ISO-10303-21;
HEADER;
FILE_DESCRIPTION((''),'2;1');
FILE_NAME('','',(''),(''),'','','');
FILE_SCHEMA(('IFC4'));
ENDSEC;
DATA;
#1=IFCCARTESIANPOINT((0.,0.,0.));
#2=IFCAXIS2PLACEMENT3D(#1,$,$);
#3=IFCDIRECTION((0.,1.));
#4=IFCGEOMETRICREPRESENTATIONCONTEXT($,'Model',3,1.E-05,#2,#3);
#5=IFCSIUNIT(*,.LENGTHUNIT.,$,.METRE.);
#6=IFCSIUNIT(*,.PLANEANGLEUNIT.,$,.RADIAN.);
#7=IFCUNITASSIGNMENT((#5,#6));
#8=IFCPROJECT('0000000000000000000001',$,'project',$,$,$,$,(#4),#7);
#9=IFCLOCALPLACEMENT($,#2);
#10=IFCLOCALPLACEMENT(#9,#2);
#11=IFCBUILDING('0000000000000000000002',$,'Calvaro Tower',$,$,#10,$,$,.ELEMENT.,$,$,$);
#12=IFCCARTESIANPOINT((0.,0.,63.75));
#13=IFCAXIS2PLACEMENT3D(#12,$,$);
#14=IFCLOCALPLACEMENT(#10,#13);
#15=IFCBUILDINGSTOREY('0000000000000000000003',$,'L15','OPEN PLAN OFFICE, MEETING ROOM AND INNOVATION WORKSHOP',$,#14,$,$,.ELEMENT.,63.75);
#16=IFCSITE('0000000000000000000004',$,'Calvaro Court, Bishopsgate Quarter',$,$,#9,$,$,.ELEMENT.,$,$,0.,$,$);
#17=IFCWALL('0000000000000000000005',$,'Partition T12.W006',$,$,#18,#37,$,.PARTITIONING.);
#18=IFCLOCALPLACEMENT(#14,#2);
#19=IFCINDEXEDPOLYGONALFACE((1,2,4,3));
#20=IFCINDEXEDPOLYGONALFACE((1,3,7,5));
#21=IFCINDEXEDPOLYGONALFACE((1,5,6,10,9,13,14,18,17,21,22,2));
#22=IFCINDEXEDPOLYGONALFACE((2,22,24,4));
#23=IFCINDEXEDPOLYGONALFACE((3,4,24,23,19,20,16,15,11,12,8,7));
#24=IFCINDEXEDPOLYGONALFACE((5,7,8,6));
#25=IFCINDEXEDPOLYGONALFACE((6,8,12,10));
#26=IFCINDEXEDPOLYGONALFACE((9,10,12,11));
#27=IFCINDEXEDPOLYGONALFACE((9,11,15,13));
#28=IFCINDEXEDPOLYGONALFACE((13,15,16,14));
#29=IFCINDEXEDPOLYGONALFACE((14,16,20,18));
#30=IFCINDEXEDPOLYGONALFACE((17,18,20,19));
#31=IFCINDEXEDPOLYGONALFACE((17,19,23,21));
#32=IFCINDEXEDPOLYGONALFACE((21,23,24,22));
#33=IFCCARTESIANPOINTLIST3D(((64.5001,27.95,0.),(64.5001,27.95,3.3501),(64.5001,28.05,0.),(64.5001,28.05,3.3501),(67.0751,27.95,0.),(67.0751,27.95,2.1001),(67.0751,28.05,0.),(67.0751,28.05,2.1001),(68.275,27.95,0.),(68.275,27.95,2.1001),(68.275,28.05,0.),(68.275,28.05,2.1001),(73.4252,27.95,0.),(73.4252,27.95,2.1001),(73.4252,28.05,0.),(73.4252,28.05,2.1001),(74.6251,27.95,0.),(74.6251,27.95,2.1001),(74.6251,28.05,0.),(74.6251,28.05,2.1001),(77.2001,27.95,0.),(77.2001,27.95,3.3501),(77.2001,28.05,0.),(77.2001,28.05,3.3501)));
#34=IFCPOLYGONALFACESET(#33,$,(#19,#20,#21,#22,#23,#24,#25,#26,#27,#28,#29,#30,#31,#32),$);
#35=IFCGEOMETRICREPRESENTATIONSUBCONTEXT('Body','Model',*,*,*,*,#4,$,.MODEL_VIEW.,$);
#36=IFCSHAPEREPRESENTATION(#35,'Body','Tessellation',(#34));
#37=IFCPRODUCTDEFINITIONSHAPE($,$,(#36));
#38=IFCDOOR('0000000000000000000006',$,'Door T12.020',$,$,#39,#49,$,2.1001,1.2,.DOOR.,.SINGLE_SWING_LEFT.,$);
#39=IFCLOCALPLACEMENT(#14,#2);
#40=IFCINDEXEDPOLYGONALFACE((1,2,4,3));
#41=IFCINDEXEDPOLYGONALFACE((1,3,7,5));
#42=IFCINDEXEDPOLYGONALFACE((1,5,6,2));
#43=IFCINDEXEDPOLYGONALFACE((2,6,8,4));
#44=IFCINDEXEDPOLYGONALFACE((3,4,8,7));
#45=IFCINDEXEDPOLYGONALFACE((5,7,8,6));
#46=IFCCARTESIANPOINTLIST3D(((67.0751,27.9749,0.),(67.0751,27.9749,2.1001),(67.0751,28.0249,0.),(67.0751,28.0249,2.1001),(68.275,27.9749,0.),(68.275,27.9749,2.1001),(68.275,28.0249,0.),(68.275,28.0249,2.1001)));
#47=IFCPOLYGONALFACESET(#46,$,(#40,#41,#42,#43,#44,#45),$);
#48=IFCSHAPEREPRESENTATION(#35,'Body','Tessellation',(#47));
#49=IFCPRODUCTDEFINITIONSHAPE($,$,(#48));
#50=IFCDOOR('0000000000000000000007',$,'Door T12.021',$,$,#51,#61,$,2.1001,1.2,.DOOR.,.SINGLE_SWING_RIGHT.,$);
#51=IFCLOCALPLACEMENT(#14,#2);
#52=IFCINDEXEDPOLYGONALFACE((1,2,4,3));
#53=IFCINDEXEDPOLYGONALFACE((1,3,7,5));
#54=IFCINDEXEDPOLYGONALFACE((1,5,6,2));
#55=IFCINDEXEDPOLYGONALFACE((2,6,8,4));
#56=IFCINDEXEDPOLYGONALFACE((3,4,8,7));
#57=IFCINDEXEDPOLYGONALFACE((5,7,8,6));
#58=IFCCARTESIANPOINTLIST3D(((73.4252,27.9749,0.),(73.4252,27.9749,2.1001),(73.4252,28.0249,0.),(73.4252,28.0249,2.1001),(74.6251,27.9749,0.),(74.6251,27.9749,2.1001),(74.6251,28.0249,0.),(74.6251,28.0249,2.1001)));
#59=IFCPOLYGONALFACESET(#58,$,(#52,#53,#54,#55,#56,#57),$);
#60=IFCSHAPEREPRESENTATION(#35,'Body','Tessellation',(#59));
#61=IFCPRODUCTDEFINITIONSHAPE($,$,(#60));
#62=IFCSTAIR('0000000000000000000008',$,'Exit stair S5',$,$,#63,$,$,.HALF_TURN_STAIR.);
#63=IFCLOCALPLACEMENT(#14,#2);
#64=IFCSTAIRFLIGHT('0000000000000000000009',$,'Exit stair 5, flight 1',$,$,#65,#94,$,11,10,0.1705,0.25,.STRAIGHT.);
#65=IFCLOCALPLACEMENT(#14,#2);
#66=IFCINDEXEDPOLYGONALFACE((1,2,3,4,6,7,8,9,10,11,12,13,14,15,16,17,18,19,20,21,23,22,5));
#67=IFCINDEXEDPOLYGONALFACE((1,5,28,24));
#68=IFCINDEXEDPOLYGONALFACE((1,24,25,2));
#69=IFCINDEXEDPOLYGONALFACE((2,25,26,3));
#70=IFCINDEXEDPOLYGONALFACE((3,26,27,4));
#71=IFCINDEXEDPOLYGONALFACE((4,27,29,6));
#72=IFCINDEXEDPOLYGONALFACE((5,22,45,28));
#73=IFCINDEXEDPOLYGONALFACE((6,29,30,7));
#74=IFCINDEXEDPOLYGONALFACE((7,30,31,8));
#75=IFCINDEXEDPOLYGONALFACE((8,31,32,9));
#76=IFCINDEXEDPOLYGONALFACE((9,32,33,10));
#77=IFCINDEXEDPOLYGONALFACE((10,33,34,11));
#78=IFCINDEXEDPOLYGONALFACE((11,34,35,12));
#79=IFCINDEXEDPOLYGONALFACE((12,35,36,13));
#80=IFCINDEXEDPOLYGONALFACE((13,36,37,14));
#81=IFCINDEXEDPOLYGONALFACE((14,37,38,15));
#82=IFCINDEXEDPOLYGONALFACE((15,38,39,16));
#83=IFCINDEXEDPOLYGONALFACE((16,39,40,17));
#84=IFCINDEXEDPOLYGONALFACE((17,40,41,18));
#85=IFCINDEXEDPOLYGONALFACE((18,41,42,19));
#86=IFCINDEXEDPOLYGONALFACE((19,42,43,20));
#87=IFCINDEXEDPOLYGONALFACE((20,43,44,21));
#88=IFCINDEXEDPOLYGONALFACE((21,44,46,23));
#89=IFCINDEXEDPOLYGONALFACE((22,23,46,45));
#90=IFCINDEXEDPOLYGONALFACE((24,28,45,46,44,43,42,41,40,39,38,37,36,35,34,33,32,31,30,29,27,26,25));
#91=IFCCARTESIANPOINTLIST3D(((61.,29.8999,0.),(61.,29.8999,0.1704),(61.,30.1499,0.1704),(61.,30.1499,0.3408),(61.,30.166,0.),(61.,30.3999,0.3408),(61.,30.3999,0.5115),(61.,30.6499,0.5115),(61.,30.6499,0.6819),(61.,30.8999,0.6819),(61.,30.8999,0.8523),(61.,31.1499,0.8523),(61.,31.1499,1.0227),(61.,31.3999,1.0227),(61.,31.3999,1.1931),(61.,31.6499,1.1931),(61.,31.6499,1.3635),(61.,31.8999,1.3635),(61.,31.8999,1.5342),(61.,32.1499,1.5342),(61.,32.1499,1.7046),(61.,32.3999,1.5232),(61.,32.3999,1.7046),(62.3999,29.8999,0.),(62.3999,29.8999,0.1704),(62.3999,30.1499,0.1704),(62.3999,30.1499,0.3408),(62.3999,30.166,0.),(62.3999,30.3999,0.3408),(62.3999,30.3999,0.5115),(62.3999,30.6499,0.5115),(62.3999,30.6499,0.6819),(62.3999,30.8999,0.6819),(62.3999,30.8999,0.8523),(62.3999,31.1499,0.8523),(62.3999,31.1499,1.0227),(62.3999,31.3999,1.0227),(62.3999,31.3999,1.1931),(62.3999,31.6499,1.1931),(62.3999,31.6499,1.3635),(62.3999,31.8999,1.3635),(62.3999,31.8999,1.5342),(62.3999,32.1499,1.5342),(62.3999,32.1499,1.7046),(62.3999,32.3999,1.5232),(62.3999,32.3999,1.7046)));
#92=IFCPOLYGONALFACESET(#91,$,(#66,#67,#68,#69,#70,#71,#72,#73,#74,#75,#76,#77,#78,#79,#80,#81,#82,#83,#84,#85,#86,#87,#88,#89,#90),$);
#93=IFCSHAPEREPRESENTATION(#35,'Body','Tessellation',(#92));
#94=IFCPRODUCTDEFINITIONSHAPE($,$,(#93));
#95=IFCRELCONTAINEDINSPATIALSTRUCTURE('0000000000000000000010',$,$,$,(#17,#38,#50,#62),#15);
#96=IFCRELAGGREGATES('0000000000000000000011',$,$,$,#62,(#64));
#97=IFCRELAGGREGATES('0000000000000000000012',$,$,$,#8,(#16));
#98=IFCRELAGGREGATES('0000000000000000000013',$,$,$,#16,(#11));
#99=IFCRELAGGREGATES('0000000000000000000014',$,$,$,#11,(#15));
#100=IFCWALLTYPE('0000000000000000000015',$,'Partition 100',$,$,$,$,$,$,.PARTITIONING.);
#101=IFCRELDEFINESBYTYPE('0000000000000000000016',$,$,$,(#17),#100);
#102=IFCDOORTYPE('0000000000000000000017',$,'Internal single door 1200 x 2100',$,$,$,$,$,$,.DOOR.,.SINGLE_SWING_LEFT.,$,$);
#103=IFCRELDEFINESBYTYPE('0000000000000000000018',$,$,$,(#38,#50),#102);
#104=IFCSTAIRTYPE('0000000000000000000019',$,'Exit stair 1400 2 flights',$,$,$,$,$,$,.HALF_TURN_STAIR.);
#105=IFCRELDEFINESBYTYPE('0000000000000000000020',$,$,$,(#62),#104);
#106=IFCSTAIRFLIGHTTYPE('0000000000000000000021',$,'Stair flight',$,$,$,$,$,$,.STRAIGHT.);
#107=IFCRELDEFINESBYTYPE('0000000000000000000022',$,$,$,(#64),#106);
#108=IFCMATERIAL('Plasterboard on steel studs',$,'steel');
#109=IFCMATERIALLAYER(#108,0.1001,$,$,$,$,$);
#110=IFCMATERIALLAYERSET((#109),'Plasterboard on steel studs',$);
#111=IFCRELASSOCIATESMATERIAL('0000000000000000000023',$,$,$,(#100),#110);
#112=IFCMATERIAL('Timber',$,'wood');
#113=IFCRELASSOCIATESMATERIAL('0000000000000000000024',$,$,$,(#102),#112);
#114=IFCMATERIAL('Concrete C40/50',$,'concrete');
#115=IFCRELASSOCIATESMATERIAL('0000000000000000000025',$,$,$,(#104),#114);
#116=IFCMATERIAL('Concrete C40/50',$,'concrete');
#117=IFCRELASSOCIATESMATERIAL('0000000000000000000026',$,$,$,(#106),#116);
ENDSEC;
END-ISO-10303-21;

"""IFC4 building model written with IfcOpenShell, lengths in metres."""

from ifc_helpers import new_model, si_unit, direction, frame, frame_2d, origin, place, context, subcontext, project, spatial, polyline, rectangle, outline, extrude, material, layer, layer_set, type_object, element, fill, aggregate, save


model = new_model("IFC4")

# Units and contexts
model_context = context("Model", 3, precision=1e-05, world=origin(), true_north=direction((0.0, 1.0)))
body_context = subcontext(model_context, "Body", "Model", "MODEL_VIEW")
ifc_project = project(units=[si_unit("LENGTHUNIT", "METRE"), si_unit("PLANEANGLEUNIT", "RADIAN")], contexts=[model_context])

# Site, building, storey
site_placement = place(None, origin())
site = spatial("IfcSite", under=ifc_project, at=site_placement, Name="Calvaro Court, Bishopsgate Quarter", CompositionType="ELEMENT", RefElevation=0.0)
building_placement = place(site_placement, origin())
building = spatial("IfcBuilding", under=site, at=building_placement, Name="Calvaro Tower", CompositionType="ELEMENT")
storey_placement = place(building_placement, frame((0.0, 0.0, 63.75)))
storey = spatial("IfcBuildingStorey", under=building, at=storey_placement, Name="L15", Description="OPEN PLAN OFFICE, MEETING ROOM AND INNOVATION WORKSHOP", CompositionType="ELEMENT", Elevation=63.75)

# Wall, openings, doors
ifc_material_1 = material(Name="Plasterboard on steel studs", Category="steel")
ifc_layer_1 = layer(ifc_material_1, 0.1001)
ifc_layer_set_1 = layer_set([ifc_layer_1], Name="Plasterboard on steel studs")
wall_type_1 = type_object("IfcWallType", Name="Partition 100", PredefinedType="PARTITIONING", material=ifc_layer_set_1)
wall_1_placement = place(storey_placement, frame((64.5, 28.0, 0.0), z_axis=(0.0, 0.0, 1.0), x_axis=(1.0, 0.0, 0.0)))
wall_1 = element("IfcWall", 1, at=wall_1_placement, inside=storey, type_object=wall_type_1, Name="Partition T12.W006", PredefinedType="PARTITIONING", context=body_context, shape_type="SweptSolid", body=[
    extrude(rectangle(XDim=12.7, YDim=0.1001, at=frame_2d((6.3501, 0.0))), origin(), (0.0, 0.0, 1.0), 3.3501),
])
opening_1_placement = place(wall_1_placement, frame((2.575, 0.0, 0.0)))
opening_1 = element("IfcOpeningElement", 2, at=opening_1_placement, cuts=wall_1, PredefinedType="OPENING", context=body_context, shape_type="SweptSolid", body=[
    extrude(rectangle(XDim=1.2, YDim=2.1001, at=frame_2d((0.6001, 1.05))), frame((0.0, 0.0601, 0.0), z_axis=(0.0, -1.0, 0.0), x_axis=(1.0, 0.0, 0.0)), (0.0, 0.0, 1.0), 0.1201),
])
opening_2_placement = place(wall_1_placement, frame((8.925, 0.0, 0.0)))
opening_2 = element("IfcOpeningElement", 3, at=opening_2_placement, cuts=wall_1, PredefinedType="OPENING", context=body_context, shape_type="SweptSolid", body=[
    extrude(rectangle(XDim=1.2, YDim=2.1001, at=frame_2d((0.6001, 1.05))), frame((0.0, 0.0601, 0.0), z_axis=(0.0, -1.0, 0.0), x_axis=(1.0, 0.0, 0.0)), (0.0, 0.0, 1.0), 0.1201),
])
ifc_material_2 = material(Name="Timber", Category="wood")
door_type_1 = type_object("IfcDoorType", Name="Internal single door 1200 x 2100", OperationType="SINGLE_SWING_LEFT", PredefinedType="DOOR", material=ifc_material_2)
door_1_placement = place(opening_1_placement, origin())
door_1 = element("IfcDoor", 4, at=door_1_placement, inside=storey, type_object=door_type_1, Name="Door T12.020", OperationType="SINGLE_SWING_LEFT", OverallHeight=2.1001, OverallWidth=1.2, PredefinedType="DOOR", context=body_context, shape_type="SweptSolid", body=[
    extrude(rectangle(XDim=1.2, YDim=2.1001, at=frame_2d((0.6001, 1.05))), frame((0.0, 0.0249, 0.0), z_axis=(0.0, -1.0, 0.0), x_axis=(1.0, 0.0, 0.0)), (0.0, 0.0, 1.0), 0.05),
])
fill(opening_1, door_1)
door_2_placement = place(opening_2_placement, origin())
door_2 = element("IfcDoor", 5, at=door_2_placement, inside=storey, type_object=door_type_1, Name="Door T12.021", OperationType="SINGLE_SWING_RIGHT", OverallHeight=2.1001, OverallWidth=1.2, PredefinedType="DOOR", context=body_context, shape_type="SweptSolid", body=[
    extrude(rectangle(XDim=1.2, YDim=2.1001, at=frame_2d((0.6001, 1.05))), frame((0.0, 0.0249, 0.0), z_axis=(0.0, -1.0, 0.0), x_axis=(1.0, 0.0, 0.0)), (0.0, 0.0, 1.0), 0.05),
])
fill(opening_2, door_2)

# Stair, stair flight
ifc_material_3 = material(Name="Concrete C40/50", Category="concrete")
stair_type = type_object("IfcStairType", Name="Exit stair 1400 2 flights", PredefinedType="HALF_TURN_STAIR", material=ifc_material_3)
stair_placement = place(storey_placement, origin())
stair = element("IfcStair", 6, at=stair_placement, inside=storey, type_object=stair_type, Name="Exit stair S5", PredefinedType="HALF_TURN_STAIR")
ifc_material_4 = material(Name="Concrete C40/50", Category="concrete")
stair_flight_type = type_object("IfcStairFlightType", Name="Stair flight", PredefinedType="STRAIGHT", material=ifc_material_4)
stair_flight_placement = place(storey_placement, frame((61.7, 29.8999, 0.0), z_axis=(0.0, 0.0, 1.0), x_axis=(0.0, 1.0, 0.0)))
stair_flight = element("IfcStairFlight", 7, at=stair_flight_placement, type_object=stair_flight_type, Name="Exit stair 5, flight 1", NumberOfRisers=11, NumberOfTreads=10, PredefinedType="STRAIGHT", RiserHeight=0.1705, TreadLength=0.25, context=body_context, shape_type="SweptSolid", body=[
    extrude(outline(polyline([(0.0, 0.0), (0.0, 0.1704), (0.25, 0.1704), (0.25, 0.3408), (0.5, 0.3408), (0.5, 0.5115), (0.75, 0.5115), (0.75, 0.6819), (1.0, 0.6819), (1.0, 0.8523), (1.25, 0.8523), (1.25, 1.0227), (1.5, 1.0227), (1.5, 1.1931), (1.75, 1.1931), (1.75, 1.3635), (2.0, 1.3635), (2.0, 1.5342), (2.25, 1.5342), (2.25, 1.7046), (2.5, 1.7046), (2.5, 1.875), (2.5, 1.5232), (0.2661, 0.0), (0.0, 0.0)])), frame((0.0, 0.7, 0.0), z_axis=(0.0, -1.0, 0.0), x_axis=(1.0, 0.0, 0.0)), (0.0, 0.0, 1.0), 1.3999),
])
aggregate(stair, [stair_flight])

save(model, "model.ifc")
